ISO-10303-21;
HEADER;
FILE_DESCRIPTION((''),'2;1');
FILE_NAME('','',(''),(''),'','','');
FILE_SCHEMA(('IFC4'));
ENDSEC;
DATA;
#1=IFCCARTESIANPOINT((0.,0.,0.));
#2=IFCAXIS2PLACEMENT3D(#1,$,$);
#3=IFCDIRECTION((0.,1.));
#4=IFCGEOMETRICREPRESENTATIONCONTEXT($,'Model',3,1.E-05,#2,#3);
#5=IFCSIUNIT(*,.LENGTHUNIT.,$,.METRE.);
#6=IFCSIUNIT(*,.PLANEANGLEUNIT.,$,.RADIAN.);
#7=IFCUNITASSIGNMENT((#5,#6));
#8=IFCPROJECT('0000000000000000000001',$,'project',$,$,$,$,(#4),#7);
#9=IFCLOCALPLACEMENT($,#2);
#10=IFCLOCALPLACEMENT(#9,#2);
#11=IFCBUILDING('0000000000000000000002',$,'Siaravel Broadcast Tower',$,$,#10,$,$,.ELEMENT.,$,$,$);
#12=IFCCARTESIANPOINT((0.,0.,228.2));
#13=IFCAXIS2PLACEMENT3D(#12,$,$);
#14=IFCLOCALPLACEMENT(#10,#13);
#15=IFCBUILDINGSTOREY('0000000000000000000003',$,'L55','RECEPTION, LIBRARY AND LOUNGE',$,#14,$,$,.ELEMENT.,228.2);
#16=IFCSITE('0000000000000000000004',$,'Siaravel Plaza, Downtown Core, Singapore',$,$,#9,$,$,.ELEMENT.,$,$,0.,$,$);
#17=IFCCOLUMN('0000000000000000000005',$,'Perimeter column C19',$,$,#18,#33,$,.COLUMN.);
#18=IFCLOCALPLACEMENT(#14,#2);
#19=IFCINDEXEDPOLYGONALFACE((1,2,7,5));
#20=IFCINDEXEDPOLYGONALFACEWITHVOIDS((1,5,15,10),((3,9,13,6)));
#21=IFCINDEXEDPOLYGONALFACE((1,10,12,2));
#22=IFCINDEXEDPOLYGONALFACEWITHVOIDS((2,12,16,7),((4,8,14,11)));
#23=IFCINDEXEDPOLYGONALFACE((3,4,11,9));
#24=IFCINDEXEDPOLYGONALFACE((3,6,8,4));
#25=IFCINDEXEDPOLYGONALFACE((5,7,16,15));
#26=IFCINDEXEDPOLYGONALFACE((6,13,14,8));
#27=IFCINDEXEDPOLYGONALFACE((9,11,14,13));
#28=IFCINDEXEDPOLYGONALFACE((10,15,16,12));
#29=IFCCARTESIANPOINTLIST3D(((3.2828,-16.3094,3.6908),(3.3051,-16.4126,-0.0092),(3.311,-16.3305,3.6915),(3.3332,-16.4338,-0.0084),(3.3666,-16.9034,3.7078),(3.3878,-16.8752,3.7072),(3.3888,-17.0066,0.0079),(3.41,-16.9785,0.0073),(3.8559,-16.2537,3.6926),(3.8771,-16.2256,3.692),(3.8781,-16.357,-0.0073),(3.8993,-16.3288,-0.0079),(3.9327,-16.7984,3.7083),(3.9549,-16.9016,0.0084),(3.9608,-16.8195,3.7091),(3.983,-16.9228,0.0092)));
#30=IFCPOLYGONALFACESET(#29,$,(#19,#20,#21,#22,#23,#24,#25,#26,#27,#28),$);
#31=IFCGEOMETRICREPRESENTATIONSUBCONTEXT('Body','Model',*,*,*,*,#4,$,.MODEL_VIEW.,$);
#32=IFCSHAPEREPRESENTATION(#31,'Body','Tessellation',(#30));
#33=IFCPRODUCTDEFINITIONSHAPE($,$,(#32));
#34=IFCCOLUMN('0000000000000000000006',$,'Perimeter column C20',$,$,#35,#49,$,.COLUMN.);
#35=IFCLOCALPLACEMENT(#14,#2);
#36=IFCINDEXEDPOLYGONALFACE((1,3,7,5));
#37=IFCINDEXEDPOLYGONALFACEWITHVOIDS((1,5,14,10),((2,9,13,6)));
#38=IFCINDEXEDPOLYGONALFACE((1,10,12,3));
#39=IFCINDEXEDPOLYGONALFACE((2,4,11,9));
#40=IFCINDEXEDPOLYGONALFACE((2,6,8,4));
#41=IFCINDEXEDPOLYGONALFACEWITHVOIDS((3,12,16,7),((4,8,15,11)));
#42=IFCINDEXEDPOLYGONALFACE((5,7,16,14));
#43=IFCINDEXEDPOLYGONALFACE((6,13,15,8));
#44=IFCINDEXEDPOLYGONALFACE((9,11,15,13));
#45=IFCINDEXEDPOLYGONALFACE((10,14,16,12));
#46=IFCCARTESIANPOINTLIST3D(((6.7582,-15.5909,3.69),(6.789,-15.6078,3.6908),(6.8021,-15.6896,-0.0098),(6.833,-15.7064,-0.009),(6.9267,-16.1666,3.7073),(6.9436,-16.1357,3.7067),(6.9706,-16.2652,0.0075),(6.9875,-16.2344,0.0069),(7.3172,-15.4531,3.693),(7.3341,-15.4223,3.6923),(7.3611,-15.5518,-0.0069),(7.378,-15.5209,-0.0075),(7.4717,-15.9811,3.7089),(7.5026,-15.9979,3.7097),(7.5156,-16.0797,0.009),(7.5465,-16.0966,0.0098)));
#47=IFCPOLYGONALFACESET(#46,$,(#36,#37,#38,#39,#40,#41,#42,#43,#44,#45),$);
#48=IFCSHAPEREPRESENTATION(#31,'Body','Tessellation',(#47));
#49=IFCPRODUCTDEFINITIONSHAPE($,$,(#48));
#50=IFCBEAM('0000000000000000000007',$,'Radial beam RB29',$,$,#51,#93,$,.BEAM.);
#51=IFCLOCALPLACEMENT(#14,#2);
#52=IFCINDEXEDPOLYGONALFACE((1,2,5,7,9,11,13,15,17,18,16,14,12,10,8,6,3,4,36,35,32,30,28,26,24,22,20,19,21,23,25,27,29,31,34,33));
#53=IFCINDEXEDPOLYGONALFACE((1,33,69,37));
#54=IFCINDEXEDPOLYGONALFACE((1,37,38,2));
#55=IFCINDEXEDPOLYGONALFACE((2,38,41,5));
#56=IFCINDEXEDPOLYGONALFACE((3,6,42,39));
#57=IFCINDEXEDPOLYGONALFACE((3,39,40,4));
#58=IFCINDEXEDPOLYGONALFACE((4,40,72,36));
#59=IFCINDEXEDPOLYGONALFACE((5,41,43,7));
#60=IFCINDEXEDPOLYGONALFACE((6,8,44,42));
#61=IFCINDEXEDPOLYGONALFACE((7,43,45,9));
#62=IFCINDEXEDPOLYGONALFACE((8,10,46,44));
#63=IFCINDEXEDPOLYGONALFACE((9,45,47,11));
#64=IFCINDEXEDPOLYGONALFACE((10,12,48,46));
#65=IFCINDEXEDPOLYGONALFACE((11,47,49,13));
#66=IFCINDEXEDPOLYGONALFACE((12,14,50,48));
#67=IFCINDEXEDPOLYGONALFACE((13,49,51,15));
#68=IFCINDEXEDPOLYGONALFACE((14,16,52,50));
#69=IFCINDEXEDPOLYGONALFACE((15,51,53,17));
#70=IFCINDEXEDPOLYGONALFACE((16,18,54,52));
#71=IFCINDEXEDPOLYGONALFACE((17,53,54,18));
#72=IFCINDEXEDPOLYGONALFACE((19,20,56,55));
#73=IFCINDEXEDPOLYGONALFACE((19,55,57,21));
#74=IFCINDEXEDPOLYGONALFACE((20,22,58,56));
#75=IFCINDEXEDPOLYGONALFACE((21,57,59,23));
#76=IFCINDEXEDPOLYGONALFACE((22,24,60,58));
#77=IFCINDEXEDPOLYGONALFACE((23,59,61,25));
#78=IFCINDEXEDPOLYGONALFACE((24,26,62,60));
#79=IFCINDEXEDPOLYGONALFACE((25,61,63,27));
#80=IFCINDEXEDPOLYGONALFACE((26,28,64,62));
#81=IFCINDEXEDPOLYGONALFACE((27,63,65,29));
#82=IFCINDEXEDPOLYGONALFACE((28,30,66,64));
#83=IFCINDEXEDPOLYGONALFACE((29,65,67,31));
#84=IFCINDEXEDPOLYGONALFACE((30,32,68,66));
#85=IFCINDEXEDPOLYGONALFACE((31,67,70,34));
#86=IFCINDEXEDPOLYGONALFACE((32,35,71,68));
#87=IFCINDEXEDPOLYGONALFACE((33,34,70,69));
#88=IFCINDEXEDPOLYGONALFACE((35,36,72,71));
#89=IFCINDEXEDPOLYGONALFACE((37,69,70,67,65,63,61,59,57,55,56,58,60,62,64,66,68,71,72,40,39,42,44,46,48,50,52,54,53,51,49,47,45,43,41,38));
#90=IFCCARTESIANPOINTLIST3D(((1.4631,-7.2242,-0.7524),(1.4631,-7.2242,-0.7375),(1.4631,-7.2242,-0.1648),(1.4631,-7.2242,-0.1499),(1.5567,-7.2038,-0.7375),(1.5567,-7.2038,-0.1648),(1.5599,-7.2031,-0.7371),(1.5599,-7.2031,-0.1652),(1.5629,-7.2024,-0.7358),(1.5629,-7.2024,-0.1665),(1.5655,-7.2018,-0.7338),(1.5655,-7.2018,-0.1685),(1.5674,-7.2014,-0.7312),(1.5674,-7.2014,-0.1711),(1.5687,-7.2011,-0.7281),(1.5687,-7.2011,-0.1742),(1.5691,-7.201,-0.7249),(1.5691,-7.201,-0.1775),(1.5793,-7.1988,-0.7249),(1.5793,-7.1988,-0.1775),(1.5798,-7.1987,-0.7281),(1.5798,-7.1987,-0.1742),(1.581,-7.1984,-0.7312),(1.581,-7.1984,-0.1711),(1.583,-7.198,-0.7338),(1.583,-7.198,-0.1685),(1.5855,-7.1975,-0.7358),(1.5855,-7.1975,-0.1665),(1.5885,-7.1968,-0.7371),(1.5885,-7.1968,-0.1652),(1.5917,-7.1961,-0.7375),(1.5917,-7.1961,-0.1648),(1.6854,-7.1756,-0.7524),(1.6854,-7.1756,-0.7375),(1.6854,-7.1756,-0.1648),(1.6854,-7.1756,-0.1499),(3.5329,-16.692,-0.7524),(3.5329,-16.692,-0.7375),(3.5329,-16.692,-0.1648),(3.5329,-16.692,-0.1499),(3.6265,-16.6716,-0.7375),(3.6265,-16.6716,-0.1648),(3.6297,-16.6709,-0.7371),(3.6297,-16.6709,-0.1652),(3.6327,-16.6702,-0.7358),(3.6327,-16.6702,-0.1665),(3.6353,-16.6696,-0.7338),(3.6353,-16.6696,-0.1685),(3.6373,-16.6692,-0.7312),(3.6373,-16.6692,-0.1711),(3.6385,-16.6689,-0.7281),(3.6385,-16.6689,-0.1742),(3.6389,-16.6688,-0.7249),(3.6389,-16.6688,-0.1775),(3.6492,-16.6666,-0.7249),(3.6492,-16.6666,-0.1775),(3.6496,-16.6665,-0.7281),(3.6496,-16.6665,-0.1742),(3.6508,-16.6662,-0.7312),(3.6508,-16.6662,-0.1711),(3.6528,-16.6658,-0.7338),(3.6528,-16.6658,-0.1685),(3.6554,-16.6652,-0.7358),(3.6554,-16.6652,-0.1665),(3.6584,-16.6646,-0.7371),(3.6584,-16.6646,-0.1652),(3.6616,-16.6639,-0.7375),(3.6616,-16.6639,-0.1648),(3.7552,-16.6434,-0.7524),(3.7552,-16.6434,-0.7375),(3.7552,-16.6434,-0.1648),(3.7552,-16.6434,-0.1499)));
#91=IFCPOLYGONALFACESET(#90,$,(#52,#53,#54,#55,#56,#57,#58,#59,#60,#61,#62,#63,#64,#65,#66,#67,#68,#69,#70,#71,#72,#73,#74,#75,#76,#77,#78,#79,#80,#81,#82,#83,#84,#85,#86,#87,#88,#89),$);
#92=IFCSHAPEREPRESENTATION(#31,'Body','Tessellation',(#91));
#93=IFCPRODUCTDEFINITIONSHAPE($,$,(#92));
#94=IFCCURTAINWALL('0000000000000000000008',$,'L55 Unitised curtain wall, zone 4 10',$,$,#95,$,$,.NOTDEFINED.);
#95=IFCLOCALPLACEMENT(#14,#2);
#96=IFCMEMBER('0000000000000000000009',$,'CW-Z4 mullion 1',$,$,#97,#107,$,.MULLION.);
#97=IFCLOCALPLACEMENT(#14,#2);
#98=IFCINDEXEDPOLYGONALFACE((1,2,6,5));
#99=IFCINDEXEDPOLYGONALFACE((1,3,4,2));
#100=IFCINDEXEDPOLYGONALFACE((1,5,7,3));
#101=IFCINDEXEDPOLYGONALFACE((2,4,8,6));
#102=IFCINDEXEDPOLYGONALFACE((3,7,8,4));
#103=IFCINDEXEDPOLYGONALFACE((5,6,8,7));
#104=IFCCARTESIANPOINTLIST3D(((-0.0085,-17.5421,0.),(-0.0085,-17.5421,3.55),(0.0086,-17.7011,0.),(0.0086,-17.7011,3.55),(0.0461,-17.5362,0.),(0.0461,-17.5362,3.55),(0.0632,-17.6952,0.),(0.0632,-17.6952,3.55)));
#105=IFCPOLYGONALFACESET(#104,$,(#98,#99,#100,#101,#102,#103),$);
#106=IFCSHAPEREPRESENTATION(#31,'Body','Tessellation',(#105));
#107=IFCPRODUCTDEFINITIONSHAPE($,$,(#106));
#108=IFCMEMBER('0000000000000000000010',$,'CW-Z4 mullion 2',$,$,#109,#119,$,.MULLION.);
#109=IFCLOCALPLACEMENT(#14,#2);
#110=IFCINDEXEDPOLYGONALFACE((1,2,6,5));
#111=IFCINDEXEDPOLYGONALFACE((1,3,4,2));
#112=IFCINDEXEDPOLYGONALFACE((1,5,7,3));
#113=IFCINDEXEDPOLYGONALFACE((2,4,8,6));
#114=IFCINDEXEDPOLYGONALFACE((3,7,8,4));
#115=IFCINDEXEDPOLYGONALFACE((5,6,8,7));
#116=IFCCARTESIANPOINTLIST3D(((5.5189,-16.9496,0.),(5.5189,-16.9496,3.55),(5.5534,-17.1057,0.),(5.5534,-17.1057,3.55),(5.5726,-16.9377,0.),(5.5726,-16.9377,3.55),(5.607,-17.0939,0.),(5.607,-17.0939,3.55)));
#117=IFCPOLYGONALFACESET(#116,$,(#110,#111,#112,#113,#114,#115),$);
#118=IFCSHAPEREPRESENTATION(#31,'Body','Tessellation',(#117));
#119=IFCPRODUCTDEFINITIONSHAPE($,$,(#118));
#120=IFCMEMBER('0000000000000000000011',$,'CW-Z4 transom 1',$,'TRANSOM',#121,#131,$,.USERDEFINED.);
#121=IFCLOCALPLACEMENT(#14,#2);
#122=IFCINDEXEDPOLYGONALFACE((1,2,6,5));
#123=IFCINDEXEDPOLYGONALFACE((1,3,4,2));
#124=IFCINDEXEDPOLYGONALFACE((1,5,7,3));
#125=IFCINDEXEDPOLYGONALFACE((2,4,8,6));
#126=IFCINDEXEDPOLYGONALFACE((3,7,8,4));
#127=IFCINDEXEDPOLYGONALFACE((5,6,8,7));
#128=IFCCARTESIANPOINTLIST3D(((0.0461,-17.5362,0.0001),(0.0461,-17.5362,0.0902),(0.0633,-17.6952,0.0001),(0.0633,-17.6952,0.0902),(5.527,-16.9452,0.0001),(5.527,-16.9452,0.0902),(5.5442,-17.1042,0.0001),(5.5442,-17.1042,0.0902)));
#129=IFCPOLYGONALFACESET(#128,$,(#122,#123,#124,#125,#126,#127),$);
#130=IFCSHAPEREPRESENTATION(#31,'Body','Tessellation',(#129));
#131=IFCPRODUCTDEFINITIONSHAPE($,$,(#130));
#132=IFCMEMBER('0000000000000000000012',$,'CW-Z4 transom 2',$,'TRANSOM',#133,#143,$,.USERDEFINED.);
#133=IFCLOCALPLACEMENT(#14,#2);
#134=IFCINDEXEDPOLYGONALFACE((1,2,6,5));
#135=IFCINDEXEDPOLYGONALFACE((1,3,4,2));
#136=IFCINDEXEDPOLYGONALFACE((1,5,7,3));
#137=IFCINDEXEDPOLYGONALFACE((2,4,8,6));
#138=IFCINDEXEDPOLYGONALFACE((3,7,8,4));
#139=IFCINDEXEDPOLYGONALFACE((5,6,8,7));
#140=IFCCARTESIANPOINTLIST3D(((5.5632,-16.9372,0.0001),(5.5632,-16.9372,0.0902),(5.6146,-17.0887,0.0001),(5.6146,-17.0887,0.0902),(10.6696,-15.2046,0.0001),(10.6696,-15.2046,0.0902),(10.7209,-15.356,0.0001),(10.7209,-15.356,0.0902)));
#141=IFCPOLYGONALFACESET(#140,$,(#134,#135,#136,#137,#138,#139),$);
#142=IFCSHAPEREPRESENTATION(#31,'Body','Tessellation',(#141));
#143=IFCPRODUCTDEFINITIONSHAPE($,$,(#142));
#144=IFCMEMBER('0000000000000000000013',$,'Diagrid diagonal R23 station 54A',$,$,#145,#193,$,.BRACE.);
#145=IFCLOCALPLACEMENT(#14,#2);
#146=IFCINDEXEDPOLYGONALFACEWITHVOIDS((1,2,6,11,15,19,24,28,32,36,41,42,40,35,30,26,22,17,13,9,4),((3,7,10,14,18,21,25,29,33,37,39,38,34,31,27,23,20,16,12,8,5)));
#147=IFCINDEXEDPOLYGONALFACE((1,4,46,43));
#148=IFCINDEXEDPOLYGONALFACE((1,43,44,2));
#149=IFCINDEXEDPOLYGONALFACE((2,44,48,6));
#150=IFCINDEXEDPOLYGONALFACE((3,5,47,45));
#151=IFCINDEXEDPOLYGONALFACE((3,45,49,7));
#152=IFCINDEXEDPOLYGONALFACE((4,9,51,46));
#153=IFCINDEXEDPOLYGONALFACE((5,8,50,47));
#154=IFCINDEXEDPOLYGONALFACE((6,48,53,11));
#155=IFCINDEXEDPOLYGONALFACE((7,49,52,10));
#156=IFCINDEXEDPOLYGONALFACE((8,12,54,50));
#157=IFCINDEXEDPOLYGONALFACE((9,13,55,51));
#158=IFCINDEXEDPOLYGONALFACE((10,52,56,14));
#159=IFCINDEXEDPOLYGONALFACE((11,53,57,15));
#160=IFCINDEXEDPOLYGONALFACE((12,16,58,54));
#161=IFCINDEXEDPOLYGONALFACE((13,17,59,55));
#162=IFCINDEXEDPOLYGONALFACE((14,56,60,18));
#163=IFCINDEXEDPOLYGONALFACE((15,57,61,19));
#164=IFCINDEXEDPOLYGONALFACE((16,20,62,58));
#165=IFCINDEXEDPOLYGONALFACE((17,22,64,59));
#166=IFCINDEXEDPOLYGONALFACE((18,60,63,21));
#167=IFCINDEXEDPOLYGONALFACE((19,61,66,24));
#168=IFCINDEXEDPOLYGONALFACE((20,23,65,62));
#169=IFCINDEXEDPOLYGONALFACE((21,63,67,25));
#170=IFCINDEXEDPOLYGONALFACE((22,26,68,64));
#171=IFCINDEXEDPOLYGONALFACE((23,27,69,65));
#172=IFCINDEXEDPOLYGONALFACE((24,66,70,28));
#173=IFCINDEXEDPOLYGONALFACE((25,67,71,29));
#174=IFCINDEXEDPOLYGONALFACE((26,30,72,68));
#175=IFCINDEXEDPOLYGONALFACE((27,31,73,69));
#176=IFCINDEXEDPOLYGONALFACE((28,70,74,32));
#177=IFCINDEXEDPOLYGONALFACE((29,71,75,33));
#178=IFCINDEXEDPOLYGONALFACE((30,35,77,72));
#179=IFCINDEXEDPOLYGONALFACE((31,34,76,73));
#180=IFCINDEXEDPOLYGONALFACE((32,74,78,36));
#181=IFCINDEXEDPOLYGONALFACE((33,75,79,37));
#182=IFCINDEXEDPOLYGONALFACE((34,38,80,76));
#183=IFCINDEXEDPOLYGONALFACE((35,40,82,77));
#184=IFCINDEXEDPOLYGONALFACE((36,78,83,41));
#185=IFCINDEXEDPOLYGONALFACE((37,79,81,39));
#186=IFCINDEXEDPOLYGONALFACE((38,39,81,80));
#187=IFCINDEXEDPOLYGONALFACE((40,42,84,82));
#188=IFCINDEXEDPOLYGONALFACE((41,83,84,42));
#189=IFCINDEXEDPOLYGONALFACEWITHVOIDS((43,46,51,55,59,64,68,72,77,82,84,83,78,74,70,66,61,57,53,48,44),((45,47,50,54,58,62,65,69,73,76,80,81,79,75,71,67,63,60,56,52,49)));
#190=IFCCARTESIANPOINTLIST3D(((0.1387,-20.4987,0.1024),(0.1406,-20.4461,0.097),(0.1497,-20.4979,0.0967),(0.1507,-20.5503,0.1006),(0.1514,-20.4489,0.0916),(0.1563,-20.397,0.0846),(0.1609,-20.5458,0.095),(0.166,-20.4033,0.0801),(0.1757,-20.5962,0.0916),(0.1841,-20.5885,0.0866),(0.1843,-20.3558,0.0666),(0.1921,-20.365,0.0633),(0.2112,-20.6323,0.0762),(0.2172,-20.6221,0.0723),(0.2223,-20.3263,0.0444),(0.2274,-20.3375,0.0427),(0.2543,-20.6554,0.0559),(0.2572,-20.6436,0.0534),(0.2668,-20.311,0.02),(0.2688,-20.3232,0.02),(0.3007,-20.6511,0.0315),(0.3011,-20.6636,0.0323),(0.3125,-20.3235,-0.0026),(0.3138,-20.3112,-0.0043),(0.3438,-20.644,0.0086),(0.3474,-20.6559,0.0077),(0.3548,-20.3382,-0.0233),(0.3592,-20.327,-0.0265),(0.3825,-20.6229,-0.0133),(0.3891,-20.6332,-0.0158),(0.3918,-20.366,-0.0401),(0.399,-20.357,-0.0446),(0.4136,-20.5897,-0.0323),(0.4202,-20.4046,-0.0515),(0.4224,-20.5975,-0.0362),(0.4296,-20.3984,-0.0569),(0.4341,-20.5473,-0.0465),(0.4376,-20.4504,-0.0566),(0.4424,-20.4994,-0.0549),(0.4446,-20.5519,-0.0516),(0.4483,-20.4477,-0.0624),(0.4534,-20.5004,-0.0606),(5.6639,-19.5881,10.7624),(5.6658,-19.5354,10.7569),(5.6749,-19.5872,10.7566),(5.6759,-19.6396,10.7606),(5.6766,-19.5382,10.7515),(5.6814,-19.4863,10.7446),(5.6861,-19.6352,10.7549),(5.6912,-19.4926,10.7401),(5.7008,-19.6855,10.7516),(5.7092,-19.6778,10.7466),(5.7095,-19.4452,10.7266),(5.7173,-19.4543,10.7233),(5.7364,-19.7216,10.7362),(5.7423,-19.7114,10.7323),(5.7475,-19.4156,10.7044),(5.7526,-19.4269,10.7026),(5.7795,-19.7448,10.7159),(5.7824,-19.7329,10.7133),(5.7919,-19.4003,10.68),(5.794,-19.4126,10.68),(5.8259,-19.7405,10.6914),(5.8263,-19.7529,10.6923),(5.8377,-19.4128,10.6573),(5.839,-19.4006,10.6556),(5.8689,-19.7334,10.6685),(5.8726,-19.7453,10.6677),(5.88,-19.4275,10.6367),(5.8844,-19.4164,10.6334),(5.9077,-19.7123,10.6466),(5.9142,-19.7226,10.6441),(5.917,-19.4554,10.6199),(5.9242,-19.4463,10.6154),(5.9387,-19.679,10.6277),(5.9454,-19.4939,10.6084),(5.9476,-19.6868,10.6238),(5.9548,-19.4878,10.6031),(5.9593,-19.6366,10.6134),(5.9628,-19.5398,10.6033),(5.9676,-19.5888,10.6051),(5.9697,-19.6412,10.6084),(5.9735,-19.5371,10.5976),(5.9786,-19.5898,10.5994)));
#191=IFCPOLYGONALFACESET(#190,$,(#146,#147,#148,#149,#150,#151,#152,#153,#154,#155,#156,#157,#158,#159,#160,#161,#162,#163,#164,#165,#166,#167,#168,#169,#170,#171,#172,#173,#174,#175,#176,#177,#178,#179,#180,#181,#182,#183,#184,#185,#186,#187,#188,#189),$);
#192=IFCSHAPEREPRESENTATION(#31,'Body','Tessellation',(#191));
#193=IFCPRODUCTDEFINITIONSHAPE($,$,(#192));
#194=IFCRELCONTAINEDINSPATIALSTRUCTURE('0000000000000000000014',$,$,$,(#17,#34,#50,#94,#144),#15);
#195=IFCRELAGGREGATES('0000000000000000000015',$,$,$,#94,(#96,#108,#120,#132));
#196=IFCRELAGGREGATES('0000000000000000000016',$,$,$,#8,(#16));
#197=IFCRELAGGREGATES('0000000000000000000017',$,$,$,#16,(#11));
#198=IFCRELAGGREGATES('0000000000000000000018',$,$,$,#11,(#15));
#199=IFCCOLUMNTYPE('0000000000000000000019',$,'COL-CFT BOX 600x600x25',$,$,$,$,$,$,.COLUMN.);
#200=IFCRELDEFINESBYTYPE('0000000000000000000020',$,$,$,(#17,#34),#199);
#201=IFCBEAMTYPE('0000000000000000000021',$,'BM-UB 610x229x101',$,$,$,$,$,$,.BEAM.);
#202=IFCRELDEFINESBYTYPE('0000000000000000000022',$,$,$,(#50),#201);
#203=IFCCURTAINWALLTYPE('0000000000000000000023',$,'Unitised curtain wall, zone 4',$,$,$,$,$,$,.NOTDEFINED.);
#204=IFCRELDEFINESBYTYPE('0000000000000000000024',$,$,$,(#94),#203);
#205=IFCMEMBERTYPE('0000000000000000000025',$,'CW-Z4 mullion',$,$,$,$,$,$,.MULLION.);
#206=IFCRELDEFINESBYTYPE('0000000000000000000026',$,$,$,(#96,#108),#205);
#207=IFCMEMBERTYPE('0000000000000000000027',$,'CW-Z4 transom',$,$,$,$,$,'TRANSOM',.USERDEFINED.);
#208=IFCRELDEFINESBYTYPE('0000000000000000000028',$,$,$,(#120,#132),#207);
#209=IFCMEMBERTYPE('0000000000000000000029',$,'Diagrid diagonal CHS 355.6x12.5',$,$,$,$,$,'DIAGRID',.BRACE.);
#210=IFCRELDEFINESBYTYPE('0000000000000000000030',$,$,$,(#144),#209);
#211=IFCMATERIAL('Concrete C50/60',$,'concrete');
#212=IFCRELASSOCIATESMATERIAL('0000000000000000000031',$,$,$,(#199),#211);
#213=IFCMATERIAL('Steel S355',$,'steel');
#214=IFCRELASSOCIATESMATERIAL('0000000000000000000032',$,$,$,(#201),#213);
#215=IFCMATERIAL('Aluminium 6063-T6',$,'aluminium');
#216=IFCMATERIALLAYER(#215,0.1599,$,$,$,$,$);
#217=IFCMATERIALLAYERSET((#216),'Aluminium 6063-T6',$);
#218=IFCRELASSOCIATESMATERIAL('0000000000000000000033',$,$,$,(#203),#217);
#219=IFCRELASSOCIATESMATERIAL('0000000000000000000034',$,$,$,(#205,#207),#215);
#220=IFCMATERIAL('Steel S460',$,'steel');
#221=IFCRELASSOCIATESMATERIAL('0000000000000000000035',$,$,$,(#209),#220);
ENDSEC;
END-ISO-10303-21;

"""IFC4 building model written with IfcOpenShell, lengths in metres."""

from ifc_helpers import new_model, si_unit, direction, frame, origin, origin_2d, place, context, subcontext, project, spatial, rectangle, hollow_rectangle, hollow_circle, i_section, extrude, material, layer, layer_set, material_profile, profile_set, type_object, element, aggregate, save


model = new_model("IFC4")

# Units and contexts
model_context = context("Model", 3, precision=1e-05, world=origin(), true_north=direction((0.0, 1.0)))
body_context = subcontext(model_context, "Body", "Model", "MODEL_VIEW")
ifc_project = project(units=[si_unit("LENGTHUNIT", "METRE"), si_unit("PLANEANGLEUNIT", "RADIAN")], contexts=[model_context])

# Site, building, storey
site_placement = place(None, origin())
site = spatial("IfcSite", under=ifc_project, at=site_placement, Name="Siaravel Plaza, Downtown Core, Singapore", CompositionType="ELEMENT", RefElevation=0.0)
building_placement = place(site_placement, origin())
building = spatial("IfcBuilding", under=site, at=building_placement, Name="Siaravel Broadcast Tower", CompositionType="ELEMENT")
storey_placement = place(building_placement, frame((0.0, 0.0, 228.2)))
storey = spatial("IfcBuildingStorey", under=building, at=storey_placement, Name="L55", Description="RECEPTION, LIBRARY AND LOUNGE", CompositionType="ELEMENT", Elevation=228.2)

# Columns
ifc_material_1 = material(Name="Concrete C50/60", Category="concrete")
ifc_material_profile_1 = material_profile(ifc_material_1, hollow_rectangle(XDim=0.6001, YDim=0.6001, WallThickness=0.0249, at=origin_2d()))
ifc_profile_set_1 = profile_set([ifc_material_profile_1], Name="Concrete C50/60")
column_type = type_object("IfcColumnType", Name="COL-CFT BOX 600x600x25", PredefinedType="COLUMN", material=ifc_profile_set_1)
for number, where, z_axis, x_axis, name in (
    (1, (3.644, -16.6677, 0.0), (-0.006002, 0.0279, 0.999593), (-0.990196, -0.139668, -0.002047), "Perimeter column C19"),
    (2, (7.1743, -15.8931, 0.0), (-0.011872, 0.026647, 0.999574), (-0.959679, -0.281072, -0.003906), "Perimeter column C20"),
):
    element("IfcColumn", number, at=place(storey_placement, frame(where, z_axis=z_axis, x_axis=x_axis)), inside=storey, type_object=column_type, Name=name, PredefinedType="COLUMN", context=body_context, shape_type="SweptSolid", body=[
        extrude(hollow_rectangle(XDim=0.6001, YDim=0.6001, WallThickness=0.0249, at=origin_2d()), origin(), (0.0, 0.0, 1.0), 3.7014),
    ])

# Beam
ifc_material_2 = material(Name="Steel S355", Category="steel")
ifc_material_profile_2 = material_profile(ifc_material_2, i_section(OverallWidth=0.2275, OverallDepth=0.6025, WebThickness=0.0105, FlangeThickness=0.0149, FilletRadius=0.0127, at=origin_2d()))
ifc_profile_set_2 = profile_set([ifc_material_profile_2], Name="Steel S355")
beam_type = type_object("IfcBeamType", Name="BM-UB 610x229x101", PredefinedType="BEAM", material=ifc_profile_set_2)
beam_placement = place(storey_placement, frame((3.644, -16.6677, -0.4512), z_axis=(-0.213574, 0.976927, 0.0), x_axis=(-0.976927, -0.213574, 0.0)))
element("IfcBeam", 3, at=beam_placement, inside=storey, type_object=beam_type, Name="Radial beam RB29", PredefinedType="BEAM", context=body_context, shape_type="SweptSolid", body=[
    extrude(i_section(OverallWidth=0.2275, OverallDepth=0.6025, WebThickness=0.0105, FlangeThickness=0.0149, FilletRadius=0.0127, at=origin_2d()), origin(), (0.0, 0.0, 1.0), 9.6914),
])

# Curtain wall, members
ifc_material_3 = material(Name="Aluminium 6063-T6", Category="aluminium")
ifc_layer_1 = layer(ifc_material_3, 0.1599)
ifc_layer_set_1 = layer_set([ifc_layer_1], Name="Aluminium 6063-T6")
curtain_wall_type = type_object("IfcCurtainWallType", Name="Unitised curtain wall, zone 4", PredefinedType="NOTDEFINED", material=ifc_layer_set_1)
curtain_wall_placement = place(storey_placement, origin())
curtain_wall = element("IfcCurtainWall", 4, at=curtain_wall_placement, inside=storey, type_object=curtain_wall_type, Name="L55 Unitised curtain wall, zone 4 10", PredefinedType="NOTDEFINED")
ifc_material_profile_3 = material_profile(ifc_material_3, rectangle(XDim=0.1599, YDim=0.0549, at=origin_2d()))
ifc_profile_set_3 = profile_set([ifc_material_profile_3], Name="Aluminium 6063-T6")
member_type_1 = type_object("IfcMemberType", Name="CW-Z4 mullion", PredefinedType="MULLION", material=ifc_profile_set_3)
member_1_placement = place(storey_placement, frame((0.0273, -17.6187, 0.0), z_axis=(0.0, 0.0, 1.0), x_axis=(-0.107218, 0.994236, 0.0)))
member_1 = element("IfcMember", 5, at=member_1_placement, type_object=member_type_1, Name="CW-Z4 mullion 1", PredefinedType="MULLION", context=body_context, shape_type="SweptSolid", body=[
    extrude(rectangle(XDim=0.1599, YDim=0.0549, at=origin_2d()), origin(), (0.0, 0.0, 1.0), 3.55),
])
member_2_placement = place(storey_placement, frame((5.563, -17.0217, 0.0), z_axis=(0.0, 0.0, 1.0), x_axis=(-0.215559, 0.976491, 0.0)))
member_2 = element("IfcMember", 6, at=member_2_placement, type_object=member_type_1, Name="CW-Z4 mullion 2", PredefinedType="MULLION", context=body_context, shape_type="SweptSolid", body=[
    extrude(rectangle(XDim=0.1599, YDim=0.0549, at=origin_2d()), origin(), (0.0, 0.0, 1.0), 3.55),
])
ifc_material_profile_4 = material_profile(ifc_material_3, rectangle(XDim=0.1599, YDim=0.0901, at=origin_2d()))
ifc_profile_set_4 = profile_set([ifc_material_profile_4], Name="Aluminium 6063-T6")
member_type_2 = type_object("IfcMemberType", Name="CW-Z4 transom", ElementType="TRANSOM", PredefinedType="USERDEFINED", material=ifc_profile_set_4)
member_3_placement = place(storey_placement, frame((0.0547, -17.6157, 0.0452), z_axis=(0.994236, 0.107218, 0.0), x_axis=(-0.107218, 0.994236, 0.0)))
member_3 = element("IfcMember", 7, at=member_3_placement, type_object=member_type_2, Name="CW-Z4 transom 1", ObjectType="TRANSOM", PredefinedType="USERDEFINED", context=body_context, shape_type="SweptSolid", body=[
    extrude(rectangle(XDim=0.1599, YDim=0.0901, at=origin_2d()), origin(), (0.0, 0.0, 1.0), 5.5127),
])
member_4_placement = place(storey_placement, frame((5.5889, -17.0129, 0.0452), z_axis=(0.946972, 0.321317, 0.0), x_axis=(-0.321317, 0.946972, 0.0)))
member_4 = element("IfcMember", 8, at=member_4_placement, type_object=member_type_2, Name="CW-Z4 transom 2", ObjectType="TRANSOM", PredefinedType="USERDEFINED", context=body_context, shape_type="SweptSolid", body=[
    extrude(rectangle(XDim=0.1599, YDim=0.0901, at=origin_2d()), origin(), (0.0, 0.0, 1.0), 5.3923),
])

# Member
ifc_material_4 = material(Name="Steel S460", Category="steel")
ifc_material_profile_5 = material_profile(ifc_material_4, hollow_circle(Radius=0.1777, WallThickness=0.0125, at=origin_2d()))
ifc_profile_set_5 = profile_set([ifc_material_profile_5], Name="Steel S460")
member_type_3 = type_object("IfcMemberType", Name="Diagrid diagonal CHS 355.6x12.5", ElementType="DIAGRID", PredefinedType="BRACE", material=ifc_profile_set_5)
member_5_placement = place(storey_placement, frame((0.2957, -20.4863, 0.02), z_axis=(0.458854, 0.075627, 0.885287), x_axis=(-0.162624, 0.986688, 0.0)))
element("IfcMember", 9, at=member_5_placement, inside=storey, type_object=member_type_3, Name="Diagrid diagonal R23 station 54A", PredefinedType="BRACE", context=body_context, shape_type="SweptSolid", body=[
    extrude(hollow_circle(Radius=0.1777, WallThickness=0.0125, at=origin_2d()), origin(), (0.0, 0.0, 1.0), 12.0413),
])

aggregate(curtain_wall, [member_1, member_2, member_3, member_4])

save(model, "model.ifc")
